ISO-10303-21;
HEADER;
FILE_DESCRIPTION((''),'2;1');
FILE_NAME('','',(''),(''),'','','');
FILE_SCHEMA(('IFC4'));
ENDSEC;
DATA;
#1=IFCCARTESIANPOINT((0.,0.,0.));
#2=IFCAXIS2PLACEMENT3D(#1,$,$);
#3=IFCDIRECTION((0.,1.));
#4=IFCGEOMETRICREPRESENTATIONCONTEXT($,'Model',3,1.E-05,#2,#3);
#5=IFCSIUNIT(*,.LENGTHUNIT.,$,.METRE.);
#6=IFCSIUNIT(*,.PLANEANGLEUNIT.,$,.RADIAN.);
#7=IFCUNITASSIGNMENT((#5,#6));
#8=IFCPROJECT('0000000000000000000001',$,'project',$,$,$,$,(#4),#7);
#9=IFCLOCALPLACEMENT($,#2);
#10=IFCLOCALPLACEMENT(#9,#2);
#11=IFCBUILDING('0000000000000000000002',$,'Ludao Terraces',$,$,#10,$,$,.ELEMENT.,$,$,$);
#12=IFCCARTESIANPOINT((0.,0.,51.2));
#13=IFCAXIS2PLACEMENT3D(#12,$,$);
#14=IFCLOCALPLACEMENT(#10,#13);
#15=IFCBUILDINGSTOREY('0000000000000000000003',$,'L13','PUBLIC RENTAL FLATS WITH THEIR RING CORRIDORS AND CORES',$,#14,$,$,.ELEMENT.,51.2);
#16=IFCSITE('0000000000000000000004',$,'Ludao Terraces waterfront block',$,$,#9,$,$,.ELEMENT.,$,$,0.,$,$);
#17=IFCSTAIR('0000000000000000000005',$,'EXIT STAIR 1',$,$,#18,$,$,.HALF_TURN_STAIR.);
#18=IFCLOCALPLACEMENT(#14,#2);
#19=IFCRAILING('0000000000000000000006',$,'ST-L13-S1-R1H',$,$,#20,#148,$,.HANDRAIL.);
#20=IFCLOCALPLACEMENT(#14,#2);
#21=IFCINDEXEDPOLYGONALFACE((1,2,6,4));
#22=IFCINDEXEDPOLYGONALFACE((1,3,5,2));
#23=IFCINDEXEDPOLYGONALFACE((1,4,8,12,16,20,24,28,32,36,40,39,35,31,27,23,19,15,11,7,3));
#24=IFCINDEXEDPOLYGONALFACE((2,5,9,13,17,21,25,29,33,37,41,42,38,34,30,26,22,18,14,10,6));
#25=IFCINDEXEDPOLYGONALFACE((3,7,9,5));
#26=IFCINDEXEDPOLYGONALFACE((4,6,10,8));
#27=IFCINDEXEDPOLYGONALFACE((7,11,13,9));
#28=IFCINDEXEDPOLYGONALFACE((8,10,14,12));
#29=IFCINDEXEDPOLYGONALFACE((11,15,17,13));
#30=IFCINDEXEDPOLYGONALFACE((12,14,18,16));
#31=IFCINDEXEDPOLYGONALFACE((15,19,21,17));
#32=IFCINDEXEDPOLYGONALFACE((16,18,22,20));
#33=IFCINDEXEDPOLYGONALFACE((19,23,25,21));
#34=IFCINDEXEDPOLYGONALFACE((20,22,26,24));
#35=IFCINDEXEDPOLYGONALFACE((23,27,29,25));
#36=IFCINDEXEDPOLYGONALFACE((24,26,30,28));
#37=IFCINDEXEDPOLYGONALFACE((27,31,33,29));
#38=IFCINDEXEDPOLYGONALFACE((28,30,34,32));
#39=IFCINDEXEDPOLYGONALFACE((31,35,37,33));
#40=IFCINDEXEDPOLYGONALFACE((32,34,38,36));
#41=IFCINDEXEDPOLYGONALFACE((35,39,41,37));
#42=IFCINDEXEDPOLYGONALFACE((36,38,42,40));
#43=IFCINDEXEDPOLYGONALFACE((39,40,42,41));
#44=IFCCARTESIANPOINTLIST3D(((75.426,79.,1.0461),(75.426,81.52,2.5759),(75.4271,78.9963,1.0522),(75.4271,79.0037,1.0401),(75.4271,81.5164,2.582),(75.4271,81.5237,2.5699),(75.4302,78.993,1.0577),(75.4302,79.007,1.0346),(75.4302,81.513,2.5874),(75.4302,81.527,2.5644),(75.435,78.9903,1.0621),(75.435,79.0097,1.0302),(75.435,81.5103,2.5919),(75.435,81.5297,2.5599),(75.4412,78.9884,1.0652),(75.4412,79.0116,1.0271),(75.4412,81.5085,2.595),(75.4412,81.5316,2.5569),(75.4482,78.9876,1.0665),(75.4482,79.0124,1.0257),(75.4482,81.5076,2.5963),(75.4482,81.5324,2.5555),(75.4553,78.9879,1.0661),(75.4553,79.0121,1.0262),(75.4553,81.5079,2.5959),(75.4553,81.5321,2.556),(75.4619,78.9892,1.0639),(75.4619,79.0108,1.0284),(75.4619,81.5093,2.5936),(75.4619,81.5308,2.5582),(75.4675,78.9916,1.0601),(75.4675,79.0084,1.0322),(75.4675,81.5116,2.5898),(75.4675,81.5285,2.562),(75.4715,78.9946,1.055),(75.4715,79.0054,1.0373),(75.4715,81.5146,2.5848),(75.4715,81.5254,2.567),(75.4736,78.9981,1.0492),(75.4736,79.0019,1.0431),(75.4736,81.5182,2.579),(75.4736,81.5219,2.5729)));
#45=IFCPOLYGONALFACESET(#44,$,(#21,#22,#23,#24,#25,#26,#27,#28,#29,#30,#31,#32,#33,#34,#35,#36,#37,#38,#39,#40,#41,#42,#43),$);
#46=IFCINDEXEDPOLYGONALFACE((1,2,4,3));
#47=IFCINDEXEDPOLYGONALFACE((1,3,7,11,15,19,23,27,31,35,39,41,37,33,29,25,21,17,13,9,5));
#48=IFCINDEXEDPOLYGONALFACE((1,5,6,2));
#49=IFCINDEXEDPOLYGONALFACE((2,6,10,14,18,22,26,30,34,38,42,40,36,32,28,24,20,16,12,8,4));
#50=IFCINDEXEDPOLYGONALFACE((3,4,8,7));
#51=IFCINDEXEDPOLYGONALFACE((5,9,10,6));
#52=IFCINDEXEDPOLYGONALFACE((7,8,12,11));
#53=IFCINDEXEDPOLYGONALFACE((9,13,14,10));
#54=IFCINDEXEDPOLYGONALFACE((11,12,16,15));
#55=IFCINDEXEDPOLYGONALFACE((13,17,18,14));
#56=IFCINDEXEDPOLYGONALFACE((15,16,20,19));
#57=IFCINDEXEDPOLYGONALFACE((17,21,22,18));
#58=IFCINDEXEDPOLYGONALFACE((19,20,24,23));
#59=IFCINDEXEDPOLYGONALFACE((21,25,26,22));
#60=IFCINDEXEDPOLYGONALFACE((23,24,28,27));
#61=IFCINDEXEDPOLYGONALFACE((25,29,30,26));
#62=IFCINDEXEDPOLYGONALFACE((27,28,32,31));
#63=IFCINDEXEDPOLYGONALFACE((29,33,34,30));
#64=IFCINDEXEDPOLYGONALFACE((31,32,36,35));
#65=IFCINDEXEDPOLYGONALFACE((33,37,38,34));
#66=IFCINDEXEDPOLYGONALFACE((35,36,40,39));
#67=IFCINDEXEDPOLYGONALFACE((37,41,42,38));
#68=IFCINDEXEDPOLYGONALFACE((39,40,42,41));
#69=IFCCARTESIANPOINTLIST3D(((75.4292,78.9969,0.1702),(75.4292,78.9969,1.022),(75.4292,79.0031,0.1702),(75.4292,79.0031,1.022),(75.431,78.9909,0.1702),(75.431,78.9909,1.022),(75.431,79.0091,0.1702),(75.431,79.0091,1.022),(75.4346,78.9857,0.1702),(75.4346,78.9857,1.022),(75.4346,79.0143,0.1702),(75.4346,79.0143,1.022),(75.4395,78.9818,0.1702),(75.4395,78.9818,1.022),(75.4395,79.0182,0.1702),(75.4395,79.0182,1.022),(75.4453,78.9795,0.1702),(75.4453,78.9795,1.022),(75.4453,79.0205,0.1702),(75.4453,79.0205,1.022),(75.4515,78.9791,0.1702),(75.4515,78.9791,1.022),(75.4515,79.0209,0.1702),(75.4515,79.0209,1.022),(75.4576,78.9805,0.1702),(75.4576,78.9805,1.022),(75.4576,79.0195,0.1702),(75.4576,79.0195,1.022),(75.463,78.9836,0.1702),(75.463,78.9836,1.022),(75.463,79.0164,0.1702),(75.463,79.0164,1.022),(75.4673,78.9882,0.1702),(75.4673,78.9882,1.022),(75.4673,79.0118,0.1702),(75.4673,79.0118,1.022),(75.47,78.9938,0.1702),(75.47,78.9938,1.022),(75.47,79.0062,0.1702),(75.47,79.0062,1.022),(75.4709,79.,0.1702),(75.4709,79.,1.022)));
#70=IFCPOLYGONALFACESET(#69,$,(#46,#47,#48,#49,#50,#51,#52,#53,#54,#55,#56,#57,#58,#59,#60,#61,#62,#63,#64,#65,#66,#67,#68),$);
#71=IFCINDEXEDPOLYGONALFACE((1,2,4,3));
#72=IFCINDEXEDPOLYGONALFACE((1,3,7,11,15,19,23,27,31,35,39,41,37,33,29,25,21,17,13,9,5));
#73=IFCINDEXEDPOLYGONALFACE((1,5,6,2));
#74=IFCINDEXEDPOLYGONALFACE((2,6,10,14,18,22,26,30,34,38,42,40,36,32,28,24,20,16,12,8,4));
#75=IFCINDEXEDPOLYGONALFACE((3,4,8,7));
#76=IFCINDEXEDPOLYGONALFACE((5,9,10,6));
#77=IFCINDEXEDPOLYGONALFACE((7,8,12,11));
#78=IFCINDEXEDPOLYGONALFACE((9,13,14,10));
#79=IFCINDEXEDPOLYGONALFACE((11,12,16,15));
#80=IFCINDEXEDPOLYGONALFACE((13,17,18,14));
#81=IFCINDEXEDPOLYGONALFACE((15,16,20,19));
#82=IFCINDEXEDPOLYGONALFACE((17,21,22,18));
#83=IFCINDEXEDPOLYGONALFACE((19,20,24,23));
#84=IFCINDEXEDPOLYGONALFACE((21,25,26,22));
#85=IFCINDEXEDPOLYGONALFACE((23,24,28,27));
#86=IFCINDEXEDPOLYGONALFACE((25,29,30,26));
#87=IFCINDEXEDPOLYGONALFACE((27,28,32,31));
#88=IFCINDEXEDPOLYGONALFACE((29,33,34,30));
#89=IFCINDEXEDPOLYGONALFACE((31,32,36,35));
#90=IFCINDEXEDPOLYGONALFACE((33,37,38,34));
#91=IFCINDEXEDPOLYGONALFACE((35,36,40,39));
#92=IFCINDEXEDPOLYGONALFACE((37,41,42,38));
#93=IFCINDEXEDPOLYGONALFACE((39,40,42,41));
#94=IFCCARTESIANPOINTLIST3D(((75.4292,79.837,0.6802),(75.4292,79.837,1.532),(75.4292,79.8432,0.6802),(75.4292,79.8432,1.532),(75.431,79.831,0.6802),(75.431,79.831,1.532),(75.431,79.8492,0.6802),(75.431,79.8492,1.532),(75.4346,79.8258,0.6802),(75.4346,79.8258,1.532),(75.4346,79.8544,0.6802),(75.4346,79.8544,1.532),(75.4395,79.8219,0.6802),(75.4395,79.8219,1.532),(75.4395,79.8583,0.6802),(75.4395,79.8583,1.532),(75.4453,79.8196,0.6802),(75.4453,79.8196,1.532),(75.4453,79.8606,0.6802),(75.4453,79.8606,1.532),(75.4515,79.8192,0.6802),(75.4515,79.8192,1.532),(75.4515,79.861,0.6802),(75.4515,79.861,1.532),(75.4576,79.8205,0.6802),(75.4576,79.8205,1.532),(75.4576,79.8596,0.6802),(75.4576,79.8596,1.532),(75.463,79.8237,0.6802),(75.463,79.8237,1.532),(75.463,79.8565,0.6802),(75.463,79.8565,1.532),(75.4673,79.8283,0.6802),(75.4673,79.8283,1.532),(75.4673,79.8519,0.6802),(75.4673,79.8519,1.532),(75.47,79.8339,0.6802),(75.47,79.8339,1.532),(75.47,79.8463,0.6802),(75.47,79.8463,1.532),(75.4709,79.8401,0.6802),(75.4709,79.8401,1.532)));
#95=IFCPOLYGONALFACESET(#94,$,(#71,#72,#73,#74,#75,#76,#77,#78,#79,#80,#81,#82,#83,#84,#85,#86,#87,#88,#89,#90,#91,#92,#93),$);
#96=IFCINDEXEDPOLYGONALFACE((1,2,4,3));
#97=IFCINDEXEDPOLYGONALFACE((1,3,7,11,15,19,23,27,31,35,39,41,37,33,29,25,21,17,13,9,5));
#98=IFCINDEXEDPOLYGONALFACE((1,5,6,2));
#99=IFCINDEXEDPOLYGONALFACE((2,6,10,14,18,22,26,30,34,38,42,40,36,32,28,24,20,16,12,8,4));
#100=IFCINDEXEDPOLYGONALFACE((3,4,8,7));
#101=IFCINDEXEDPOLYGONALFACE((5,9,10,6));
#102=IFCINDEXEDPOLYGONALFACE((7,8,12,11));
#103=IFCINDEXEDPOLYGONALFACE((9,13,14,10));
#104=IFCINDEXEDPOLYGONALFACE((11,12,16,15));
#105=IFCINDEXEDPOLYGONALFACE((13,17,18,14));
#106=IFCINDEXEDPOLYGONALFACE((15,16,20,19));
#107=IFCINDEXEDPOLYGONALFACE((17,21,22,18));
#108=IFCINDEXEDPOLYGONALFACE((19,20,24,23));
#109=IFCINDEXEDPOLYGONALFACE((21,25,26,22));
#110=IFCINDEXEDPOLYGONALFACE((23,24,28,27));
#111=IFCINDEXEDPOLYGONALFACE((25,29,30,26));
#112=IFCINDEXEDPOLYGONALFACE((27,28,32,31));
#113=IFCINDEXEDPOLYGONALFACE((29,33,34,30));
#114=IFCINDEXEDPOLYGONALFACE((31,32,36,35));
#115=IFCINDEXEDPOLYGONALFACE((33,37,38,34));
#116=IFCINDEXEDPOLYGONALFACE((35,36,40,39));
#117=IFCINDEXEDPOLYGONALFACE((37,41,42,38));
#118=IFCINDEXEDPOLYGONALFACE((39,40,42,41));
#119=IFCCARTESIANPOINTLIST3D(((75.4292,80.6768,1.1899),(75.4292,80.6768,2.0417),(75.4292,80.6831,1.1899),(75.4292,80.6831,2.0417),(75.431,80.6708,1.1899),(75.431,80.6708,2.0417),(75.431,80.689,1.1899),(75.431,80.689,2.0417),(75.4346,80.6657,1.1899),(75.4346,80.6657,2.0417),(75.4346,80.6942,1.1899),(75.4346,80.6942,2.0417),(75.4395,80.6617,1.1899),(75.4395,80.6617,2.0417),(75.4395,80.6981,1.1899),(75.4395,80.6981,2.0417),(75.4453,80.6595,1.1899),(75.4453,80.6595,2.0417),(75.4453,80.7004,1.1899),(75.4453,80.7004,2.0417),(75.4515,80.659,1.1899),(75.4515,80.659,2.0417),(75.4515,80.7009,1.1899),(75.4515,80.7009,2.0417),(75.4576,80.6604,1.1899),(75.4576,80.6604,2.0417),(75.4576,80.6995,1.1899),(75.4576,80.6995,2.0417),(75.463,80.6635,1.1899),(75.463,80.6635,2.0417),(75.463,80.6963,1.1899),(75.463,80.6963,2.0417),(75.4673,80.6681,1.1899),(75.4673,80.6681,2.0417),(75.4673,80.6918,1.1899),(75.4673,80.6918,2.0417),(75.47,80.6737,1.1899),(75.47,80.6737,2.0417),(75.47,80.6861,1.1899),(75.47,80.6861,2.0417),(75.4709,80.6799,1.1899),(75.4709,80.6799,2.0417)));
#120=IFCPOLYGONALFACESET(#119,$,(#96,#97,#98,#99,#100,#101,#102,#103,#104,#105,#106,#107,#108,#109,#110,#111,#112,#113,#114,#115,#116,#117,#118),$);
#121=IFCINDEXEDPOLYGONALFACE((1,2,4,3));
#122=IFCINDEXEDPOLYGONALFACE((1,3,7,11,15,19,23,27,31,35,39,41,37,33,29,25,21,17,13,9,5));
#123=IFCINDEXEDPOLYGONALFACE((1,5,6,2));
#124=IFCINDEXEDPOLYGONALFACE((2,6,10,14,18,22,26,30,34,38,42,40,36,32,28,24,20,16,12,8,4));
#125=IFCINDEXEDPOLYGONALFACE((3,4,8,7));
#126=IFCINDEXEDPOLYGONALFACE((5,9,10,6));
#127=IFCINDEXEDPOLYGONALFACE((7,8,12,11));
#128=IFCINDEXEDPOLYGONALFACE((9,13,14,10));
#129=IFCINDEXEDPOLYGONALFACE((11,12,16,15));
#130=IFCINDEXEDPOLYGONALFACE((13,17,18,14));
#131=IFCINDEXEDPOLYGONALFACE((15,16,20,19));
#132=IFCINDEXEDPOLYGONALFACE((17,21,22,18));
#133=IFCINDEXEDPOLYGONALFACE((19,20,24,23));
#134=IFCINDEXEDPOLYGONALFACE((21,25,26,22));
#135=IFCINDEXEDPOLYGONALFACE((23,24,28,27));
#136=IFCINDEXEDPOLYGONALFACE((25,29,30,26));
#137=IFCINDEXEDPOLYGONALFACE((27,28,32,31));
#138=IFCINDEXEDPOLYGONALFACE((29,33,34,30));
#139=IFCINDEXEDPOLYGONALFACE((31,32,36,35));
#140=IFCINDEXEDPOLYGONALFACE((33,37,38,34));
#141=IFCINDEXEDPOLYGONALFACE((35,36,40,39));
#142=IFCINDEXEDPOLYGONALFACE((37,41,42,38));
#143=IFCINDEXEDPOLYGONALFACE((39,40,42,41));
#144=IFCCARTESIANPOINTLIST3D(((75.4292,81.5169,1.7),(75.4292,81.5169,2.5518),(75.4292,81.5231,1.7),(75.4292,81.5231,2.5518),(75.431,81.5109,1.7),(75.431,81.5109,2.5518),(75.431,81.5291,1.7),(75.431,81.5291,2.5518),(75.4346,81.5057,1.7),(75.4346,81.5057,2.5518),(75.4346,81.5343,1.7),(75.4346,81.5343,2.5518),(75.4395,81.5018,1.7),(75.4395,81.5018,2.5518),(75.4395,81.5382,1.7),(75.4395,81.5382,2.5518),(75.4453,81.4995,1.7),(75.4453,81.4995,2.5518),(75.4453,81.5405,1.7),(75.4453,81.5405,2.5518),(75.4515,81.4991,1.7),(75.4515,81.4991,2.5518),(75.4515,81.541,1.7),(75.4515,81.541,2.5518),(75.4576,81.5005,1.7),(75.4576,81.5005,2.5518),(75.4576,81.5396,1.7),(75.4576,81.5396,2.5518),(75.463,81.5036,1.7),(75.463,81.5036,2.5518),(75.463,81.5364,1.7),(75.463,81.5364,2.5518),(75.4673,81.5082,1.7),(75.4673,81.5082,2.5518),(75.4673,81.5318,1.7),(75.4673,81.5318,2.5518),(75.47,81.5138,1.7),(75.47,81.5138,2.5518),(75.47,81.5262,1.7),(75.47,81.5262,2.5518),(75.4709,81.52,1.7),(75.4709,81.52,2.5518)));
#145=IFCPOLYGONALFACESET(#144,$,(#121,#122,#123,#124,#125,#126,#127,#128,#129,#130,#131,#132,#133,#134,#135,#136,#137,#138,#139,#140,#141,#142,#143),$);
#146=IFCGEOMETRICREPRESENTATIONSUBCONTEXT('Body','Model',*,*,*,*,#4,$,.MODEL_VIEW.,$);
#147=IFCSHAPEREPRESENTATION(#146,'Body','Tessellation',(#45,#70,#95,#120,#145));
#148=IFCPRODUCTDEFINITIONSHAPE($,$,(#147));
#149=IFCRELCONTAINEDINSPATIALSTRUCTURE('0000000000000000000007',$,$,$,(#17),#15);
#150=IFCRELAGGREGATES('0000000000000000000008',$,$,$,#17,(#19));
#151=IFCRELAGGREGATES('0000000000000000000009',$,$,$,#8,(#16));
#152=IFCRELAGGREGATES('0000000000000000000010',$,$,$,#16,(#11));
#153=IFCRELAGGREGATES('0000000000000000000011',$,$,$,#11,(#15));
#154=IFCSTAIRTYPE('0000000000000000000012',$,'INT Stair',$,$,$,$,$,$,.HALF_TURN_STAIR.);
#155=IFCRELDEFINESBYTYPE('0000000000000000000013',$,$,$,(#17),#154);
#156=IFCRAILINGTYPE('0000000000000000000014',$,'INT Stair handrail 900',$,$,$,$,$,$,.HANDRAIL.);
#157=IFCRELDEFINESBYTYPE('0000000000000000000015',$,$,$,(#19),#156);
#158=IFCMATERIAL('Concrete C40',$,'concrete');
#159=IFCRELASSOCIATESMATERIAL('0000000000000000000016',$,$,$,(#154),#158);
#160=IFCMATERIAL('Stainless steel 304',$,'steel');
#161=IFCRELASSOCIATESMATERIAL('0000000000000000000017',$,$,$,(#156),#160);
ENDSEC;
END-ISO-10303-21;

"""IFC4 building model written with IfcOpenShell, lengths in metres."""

from ifc_helpers import new_model, si_unit, direction, frame, origin, origin_2d, place, context, subcontext, project, spatial, circle, extrude, material, type_object, element, aggregate, save


model = new_model("IFC4")

# Units and contexts
model_context = context("Model", 3, precision=1e-05, world=origin(), true_north=direction((0.0, 1.0)))
body_context = subcontext(model_context, "Body", "Model", "MODEL_VIEW")
ifc_project = project(units=[si_unit("LENGTHUNIT", "METRE"), si_unit("PLANEANGLEUNIT", "RADIAN")], contexts=[model_context])

# Site, building, storey
site_placement = place(None, origin())
site = spatial("IfcSite", under=ifc_project, at=site_placement, Name="Ludao Terraces waterfront block", CompositionType="ELEMENT", RefElevation=0.0)
building_placement = place(site_placement, origin())
building = spatial("IfcBuilding", under=site, at=building_placement, Name="Ludao Terraces", CompositionType="ELEMENT")
storey_placement = place(building_placement, frame((0.0, 0.0, 51.2)))
storey = spatial("IfcBuildingStorey", under=building, at=storey_placement, Name="L13", Description="PUBLIC RENTAL FLATS WITH THEIR RING CORRIDORS AND CORES", CompositionType="ELEMENT", Elevation=51.2)

# Shared definitions
ifc_material_1 = material(Name="Concrete C40", Category="concrete")

# Shared definitions
ifc_material_2 = material(Name="Stainless steel 304", Category="steel")

# Stair, railing
stair_type = type_object("IfcStairType", Name="INT Stair", PredefinedType="HALF_TURN_STAIR", material=ifc_material_1)
stair_placement = place(storey_placement, origin())
stair = element("IfcStair", 1, at=stair_placement, inside=storey, type_object=stair_type, Name="EXIT STAIR 1", PredefinedType="HALF_TURN_STAIR")
railing_type_1 = type_object("IfcRailingType", Name="INT Stair handrail 900", PredefinedType="HANDRAIL", material=ifc_material_2)
railing_1_placement = place(storey_placement, frame((75.45, 79.0, 0.1702)))
railing_1 = element("IfcRailing", 2, at=railing_1_placement, type_object=railing_type_1, Name="ST-L13-S1-R1H", PredefinedType="HANDRAIL", context=body_context, shape_type="SweptSolid", body=[
    extrude(circle(Radius=0.0239, at=origin_2d()), frame((0.0, 0.0, 0.876), z_axis=(0.0, 0.854822, 0.518922), x_axis=(-1.0, 0.0, 0.0)), (0.0, 0.0, 1.0), 2.948),
    extrude(circle(Radius=0.021, at=origin_2d()), origin(), (0.0, 0.0, 1.0), 0.8518),
    extrude(circle(Radius=0.021, at=origin_2d()), frame((0.0, 0.8401, 0.51)), (0.0, 0.0, 1.0), 0.8518),
    extrude(circle(Radius=0.021, at=origin_2d()), frame((0.0, 1.6799, 1.0198)), (0.0, 0.0, 1.0), 0.8518),
    extrude(circle(Radius=0.021, at=origin_2d()), frame((0.0, 2.52, 1.5298)), (0.0, 0.0, 1.0), 0.8518),
])
aggregate(stair, [railing_1])

save(model, "model.ifc")
